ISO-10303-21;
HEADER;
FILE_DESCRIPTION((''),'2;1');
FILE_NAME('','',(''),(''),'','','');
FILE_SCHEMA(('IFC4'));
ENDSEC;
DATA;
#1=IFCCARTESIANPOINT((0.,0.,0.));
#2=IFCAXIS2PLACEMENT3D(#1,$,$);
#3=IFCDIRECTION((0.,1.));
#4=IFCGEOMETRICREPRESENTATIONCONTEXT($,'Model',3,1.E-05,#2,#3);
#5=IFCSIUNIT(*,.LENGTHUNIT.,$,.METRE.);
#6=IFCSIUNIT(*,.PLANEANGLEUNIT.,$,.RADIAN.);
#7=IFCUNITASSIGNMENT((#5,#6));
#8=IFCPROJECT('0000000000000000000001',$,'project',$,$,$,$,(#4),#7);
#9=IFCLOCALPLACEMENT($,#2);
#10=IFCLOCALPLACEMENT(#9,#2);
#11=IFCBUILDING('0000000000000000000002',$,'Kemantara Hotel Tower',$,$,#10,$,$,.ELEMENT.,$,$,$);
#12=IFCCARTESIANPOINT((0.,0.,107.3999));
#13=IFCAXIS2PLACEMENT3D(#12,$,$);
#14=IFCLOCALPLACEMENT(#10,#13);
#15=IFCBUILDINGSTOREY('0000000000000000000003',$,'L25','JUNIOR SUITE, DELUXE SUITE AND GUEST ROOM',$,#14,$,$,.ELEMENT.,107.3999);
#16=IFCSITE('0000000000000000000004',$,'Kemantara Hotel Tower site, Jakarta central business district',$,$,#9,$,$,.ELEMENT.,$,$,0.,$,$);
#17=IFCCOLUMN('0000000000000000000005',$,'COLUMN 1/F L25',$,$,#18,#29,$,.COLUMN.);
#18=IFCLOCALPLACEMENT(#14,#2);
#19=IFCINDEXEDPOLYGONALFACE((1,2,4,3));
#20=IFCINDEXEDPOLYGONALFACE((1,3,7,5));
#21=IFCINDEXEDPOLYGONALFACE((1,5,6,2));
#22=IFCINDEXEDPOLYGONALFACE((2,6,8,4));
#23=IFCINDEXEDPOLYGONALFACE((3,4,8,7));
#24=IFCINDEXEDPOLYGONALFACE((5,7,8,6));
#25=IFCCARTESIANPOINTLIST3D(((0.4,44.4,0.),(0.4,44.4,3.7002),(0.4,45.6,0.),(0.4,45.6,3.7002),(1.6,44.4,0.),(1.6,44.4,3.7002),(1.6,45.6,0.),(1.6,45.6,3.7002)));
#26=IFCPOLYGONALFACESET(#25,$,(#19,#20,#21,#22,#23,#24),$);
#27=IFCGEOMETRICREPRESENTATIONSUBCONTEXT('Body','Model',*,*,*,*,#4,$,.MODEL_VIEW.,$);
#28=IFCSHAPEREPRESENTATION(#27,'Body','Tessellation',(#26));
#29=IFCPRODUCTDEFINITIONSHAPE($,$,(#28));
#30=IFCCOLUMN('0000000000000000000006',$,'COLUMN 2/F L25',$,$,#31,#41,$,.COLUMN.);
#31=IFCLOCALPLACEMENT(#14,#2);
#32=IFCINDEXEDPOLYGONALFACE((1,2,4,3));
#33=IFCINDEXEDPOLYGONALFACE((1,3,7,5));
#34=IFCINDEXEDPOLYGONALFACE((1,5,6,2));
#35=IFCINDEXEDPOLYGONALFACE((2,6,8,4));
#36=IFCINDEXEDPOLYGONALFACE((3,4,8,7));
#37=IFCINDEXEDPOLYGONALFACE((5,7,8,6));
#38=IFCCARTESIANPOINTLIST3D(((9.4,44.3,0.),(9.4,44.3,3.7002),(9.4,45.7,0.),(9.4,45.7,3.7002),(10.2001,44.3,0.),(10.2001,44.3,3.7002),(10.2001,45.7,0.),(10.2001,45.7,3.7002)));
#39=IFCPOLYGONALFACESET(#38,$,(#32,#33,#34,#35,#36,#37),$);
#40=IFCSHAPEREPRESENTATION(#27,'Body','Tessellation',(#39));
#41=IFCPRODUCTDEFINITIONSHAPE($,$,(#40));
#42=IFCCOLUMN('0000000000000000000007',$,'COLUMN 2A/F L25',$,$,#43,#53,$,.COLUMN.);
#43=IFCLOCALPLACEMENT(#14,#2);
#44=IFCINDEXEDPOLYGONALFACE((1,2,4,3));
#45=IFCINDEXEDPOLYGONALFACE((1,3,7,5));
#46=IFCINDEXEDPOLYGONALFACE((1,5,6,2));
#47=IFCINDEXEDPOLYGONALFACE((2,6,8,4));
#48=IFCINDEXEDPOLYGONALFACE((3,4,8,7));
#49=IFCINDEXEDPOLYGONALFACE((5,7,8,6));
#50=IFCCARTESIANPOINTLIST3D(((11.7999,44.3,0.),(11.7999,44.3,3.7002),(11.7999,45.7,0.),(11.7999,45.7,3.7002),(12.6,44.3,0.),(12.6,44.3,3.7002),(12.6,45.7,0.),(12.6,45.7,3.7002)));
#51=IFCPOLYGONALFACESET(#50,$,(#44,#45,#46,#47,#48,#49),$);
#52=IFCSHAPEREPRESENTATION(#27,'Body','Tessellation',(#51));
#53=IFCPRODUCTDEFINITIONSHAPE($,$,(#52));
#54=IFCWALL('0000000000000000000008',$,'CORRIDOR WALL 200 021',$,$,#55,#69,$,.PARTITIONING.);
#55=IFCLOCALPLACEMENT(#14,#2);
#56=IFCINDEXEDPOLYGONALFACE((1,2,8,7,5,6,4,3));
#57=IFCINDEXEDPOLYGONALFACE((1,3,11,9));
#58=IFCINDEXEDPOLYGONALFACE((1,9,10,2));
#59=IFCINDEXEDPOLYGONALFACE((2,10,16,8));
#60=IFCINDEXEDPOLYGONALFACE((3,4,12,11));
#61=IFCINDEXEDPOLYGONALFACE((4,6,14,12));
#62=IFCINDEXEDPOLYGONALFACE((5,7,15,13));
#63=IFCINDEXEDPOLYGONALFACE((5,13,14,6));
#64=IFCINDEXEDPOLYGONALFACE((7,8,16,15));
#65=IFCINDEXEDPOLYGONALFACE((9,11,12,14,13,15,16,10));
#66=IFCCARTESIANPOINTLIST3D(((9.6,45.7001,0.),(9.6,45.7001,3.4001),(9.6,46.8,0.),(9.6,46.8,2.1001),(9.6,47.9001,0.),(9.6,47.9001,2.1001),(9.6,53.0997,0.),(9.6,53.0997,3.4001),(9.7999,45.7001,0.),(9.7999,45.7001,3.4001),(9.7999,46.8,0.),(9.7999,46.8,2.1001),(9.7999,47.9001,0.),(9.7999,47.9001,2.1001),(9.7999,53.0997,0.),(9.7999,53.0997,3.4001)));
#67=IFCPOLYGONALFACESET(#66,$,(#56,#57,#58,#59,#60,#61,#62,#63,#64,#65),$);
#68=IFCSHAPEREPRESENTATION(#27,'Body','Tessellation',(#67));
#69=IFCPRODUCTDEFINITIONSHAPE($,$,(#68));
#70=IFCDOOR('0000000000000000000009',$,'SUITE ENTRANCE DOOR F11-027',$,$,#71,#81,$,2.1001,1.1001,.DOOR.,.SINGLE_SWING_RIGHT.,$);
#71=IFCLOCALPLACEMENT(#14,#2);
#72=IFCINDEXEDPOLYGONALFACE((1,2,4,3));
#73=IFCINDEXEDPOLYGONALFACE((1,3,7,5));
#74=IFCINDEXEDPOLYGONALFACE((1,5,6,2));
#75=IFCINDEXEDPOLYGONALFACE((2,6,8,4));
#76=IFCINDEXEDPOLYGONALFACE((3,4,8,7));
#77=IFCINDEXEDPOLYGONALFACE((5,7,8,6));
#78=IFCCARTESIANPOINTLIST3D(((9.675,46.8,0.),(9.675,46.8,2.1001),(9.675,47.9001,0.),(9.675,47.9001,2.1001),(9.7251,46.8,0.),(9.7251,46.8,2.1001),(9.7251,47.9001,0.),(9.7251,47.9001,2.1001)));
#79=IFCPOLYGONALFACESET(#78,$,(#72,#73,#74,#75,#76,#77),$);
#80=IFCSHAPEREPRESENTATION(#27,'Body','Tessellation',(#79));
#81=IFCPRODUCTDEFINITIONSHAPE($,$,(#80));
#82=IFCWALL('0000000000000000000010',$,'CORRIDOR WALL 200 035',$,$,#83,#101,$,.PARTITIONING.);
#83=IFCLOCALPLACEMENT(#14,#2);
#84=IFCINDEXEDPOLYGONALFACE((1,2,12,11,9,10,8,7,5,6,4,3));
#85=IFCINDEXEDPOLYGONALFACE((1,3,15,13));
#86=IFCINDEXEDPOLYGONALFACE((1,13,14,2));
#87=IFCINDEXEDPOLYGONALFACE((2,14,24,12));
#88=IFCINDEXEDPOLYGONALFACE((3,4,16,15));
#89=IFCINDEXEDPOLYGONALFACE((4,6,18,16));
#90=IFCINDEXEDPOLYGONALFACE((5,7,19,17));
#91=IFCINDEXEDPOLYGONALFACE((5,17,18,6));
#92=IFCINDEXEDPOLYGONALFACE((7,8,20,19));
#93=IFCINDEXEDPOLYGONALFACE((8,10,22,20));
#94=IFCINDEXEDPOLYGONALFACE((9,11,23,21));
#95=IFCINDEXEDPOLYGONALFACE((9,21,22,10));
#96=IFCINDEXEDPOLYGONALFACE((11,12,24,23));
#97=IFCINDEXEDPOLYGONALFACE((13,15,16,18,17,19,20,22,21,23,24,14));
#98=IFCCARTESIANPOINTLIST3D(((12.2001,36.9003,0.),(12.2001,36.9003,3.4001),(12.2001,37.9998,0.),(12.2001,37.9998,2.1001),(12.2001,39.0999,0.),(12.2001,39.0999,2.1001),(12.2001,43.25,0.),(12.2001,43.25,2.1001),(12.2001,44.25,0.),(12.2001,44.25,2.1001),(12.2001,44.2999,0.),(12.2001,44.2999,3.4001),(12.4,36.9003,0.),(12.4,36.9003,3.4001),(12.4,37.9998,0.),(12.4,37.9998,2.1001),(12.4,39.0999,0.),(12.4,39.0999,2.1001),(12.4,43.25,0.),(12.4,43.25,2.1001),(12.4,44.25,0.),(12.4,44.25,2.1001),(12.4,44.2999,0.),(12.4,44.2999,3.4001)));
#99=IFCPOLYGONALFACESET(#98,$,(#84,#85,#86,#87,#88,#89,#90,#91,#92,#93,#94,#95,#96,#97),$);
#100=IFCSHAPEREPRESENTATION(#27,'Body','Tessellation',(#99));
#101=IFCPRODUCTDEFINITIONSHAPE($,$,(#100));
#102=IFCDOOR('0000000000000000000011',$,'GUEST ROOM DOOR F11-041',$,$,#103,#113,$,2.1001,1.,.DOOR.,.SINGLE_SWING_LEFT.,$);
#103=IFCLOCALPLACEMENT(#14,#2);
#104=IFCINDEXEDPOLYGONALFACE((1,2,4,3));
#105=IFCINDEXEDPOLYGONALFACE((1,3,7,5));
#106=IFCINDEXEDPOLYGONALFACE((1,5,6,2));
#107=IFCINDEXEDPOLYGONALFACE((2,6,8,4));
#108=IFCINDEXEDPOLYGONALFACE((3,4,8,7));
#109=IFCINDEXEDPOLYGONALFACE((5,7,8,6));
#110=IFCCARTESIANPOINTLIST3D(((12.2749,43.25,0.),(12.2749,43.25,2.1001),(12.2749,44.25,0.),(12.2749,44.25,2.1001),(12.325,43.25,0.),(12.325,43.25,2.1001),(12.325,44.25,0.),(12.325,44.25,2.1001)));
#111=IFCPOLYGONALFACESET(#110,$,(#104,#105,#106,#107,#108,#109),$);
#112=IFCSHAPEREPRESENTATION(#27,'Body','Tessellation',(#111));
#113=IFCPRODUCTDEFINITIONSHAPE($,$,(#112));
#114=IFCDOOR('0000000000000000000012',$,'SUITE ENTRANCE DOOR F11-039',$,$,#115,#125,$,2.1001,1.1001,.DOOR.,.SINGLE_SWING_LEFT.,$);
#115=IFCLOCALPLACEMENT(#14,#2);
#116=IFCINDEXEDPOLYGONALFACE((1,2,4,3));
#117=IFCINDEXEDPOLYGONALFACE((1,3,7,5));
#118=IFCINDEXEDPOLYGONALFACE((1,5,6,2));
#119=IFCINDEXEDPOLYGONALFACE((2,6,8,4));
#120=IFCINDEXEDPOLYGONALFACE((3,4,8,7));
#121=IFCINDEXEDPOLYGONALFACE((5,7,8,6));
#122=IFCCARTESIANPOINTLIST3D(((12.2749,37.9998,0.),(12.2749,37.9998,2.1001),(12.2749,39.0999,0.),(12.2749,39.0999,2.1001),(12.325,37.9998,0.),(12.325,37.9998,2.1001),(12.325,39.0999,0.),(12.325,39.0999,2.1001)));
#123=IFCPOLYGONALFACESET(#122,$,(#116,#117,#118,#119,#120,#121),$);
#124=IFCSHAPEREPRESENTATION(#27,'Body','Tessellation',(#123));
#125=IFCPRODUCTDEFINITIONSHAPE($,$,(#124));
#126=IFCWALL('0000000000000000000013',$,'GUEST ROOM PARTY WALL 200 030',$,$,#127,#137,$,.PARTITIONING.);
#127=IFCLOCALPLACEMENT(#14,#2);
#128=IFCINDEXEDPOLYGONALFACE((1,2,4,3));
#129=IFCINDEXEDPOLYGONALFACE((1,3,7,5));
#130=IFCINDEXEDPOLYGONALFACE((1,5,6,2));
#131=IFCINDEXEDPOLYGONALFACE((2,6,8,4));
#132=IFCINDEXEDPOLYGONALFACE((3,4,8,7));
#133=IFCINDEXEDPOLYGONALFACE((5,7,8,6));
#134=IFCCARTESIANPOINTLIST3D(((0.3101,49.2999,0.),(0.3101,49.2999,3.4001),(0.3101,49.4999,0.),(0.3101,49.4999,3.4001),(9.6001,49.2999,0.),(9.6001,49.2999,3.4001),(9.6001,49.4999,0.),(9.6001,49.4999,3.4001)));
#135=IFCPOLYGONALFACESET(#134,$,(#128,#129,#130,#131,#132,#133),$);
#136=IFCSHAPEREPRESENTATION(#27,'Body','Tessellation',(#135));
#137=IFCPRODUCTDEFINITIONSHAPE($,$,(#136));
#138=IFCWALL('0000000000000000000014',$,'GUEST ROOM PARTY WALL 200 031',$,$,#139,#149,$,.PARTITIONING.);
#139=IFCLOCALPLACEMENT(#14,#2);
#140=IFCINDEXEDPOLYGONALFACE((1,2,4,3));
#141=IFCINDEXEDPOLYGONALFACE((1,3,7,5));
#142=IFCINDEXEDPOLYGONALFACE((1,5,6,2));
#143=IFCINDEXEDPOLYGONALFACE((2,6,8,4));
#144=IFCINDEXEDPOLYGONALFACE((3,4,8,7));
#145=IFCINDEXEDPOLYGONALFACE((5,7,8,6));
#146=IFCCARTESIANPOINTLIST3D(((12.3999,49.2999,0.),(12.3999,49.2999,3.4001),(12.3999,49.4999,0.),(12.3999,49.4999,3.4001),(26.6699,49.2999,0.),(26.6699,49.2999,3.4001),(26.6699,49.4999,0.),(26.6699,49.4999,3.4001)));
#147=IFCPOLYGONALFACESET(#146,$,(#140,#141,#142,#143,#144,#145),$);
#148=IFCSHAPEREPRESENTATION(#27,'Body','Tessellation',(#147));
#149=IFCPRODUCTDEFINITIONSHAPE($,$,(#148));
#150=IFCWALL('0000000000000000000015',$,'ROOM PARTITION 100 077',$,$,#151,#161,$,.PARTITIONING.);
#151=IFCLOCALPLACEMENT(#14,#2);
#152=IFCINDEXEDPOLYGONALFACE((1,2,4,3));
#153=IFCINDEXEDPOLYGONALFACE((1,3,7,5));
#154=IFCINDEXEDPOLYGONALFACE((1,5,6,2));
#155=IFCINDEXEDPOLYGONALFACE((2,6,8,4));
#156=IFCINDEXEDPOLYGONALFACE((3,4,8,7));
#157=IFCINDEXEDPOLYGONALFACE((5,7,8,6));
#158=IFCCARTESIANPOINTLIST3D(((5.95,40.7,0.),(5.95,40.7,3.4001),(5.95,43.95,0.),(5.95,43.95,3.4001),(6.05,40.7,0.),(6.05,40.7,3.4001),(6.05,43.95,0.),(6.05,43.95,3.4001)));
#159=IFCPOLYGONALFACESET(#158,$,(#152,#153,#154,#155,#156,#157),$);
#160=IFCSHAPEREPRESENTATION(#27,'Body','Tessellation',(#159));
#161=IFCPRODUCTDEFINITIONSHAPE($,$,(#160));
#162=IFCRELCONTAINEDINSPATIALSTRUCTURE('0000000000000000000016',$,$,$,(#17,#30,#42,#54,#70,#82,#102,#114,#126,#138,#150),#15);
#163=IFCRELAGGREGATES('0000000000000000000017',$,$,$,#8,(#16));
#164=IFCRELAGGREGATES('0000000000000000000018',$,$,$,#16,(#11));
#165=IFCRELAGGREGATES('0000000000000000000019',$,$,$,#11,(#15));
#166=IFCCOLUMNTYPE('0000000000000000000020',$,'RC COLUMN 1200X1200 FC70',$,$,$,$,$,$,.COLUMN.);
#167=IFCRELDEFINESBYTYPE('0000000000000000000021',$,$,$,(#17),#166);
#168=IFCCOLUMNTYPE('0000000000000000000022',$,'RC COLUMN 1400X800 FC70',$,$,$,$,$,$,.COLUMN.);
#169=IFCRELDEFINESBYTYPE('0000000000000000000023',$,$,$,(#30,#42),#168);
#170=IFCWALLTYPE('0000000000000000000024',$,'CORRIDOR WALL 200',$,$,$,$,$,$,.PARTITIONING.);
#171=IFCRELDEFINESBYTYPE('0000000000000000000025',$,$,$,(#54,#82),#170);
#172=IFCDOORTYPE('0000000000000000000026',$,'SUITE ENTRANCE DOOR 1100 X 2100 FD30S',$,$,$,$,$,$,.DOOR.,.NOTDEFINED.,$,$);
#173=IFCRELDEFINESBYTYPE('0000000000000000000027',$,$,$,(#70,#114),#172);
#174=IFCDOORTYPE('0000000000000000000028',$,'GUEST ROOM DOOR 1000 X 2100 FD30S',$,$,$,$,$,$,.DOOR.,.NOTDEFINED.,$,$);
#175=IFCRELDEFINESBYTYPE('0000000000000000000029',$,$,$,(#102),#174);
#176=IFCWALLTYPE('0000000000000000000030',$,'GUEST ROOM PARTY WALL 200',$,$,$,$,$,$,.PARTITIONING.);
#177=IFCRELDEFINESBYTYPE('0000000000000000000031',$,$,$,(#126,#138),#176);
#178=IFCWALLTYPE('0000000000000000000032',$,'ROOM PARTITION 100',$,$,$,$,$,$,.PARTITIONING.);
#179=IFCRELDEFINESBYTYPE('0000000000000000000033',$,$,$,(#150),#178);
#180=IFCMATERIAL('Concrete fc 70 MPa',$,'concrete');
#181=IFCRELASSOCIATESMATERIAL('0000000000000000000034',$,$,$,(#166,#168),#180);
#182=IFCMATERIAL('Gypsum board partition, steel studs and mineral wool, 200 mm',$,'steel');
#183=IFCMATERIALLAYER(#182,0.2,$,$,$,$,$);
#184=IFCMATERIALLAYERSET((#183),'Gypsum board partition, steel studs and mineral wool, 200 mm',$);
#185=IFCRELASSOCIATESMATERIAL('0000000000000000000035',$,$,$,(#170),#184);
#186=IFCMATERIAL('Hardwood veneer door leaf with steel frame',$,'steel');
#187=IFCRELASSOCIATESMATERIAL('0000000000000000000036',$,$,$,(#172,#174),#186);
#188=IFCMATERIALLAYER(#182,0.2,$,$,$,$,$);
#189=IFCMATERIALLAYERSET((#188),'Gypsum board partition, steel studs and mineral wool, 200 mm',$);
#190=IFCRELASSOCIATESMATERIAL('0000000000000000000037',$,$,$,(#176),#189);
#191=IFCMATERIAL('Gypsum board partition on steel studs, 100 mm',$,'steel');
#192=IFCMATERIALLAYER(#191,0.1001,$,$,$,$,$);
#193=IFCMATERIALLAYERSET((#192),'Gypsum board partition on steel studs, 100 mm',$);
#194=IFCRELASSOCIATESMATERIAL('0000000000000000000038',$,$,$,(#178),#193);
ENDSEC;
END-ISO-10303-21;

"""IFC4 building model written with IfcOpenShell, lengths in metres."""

from ifc_helpers import new_model, si_unit, direction, frame, frame_2d, origin, origin_2d, place, context, subcontext, project, spatial, rectangle, extrude, material, layer, layer_set, material_profile, profile_set, type_object, element, fill, save


model = new_model("IFC4")

# Units and contexts
model_context = context("Model", 3, precision=1e-05, world=origin(), true_north=direction((0.0, 1.0)))
body_context = subcontext(model_context, "Body", "Model", "MODEL_VIEW")
ifc_project = project(units=[si_unit("LENGTHUNIT", "METRE"), si_unit("PLANEANGLEUNIT", "RADIAN")], contexts=[model_context])

# Site, building, storey
site_placement = place(None, origin())
site = spatial("IfcSite", under=ifc_project, at=site_placement, Name="Kemantara Hotel Tower site, Jakarta central business district", CompositionType="ELEMENT", RefElevation=0.0)
building_placement = place(site_placement, origin())
building = spatial("IfcBuilding", under=site, at=building_placement, Name="Kemantara Hotel Tower", CompositionType="ELEMENT")
storey_placement = place(building_placement, frame((0.0, 0.0, 107.3999)))
storey = spatial("IfcBuildingStorey", under=building, at=storey_placement, Name="L25", Description="JUNIOR SUITE, DELUXE SUITE AND GUEST ROOM", CompositionType="ELEMENT", Elevation=107.3999)

# Columns
ifc_material_1 = material(Name="Concrete fc 70 MPa", Category="concrete")
ifc_material_profile_1 = material_profile(ifc_material_1, rectangle(XDim=1.2, YDim=1.2, at=origin_2d()), Name="RC 1200X1200")
ifc_profile_set_1 = profile_set([ifc_material_profile_1], Name="Concrete fc 70 MPa")
column_type_1 = type_object("IfcColumnType", Name="RC COLUMN 1200X1200 FC70", PredefinedType="COLUMN", material=ifc_profile_set_1)
column_placement = place(storey_placement, frame((1.0, 45.0, 0.0), z_axis=(0.0, 0.0, 1.0), x_axis=(1.0, 0.0, 0.0)))
element("IfcColumn", 1, at=column_placement, inside=storey, type_object=column_type_1, Name="COLUMN 1/F L25", PredefinedType="COLUMN", context=body_context, shape_type="SweptSolid", body=[
    extrude(rectangle(XDim=1.2, YDim=1.2, at=origin_2d()), origin(), (0.0, 0.0, 1.0), 3.7002),
])
ifc_material_profile_2 = material_profile(ifc_material_1, rectangle(XDim=1.3999, YDim=0.8, at=origin_2d()), Name="RC 1400X800")
ifc_profile_set_2 = profile_set([ifc_material_profile_2], Name="Concrete fc 70 MPa")
column_type_2 = type_object("IfcColumnType", Name="RC COLUMN 1400X800 FC70", PredefinedType="COLUMN", material=ifc_profile_set_2)
for number, where, z_axis, x_axis, name in (
    (2, (9.8, 45.0, 0.0), (0.0, 0.0, 1.0), (0.0, 1.0, 0.0), "COLUMN 2/F L25"),
    (3, (12.2, 45.0, 0.0), (0.0, 0.0, 1.0), (0.0, 1.0, 0.0), "COLUMN 2A/F L25"),
):
    element("IfcColumn", number, at=place(storey_placement, frame(where, z_axis=z_axis, x_axis=x_axis)), inside=storey, type_object=column_type_2, Name=name, PredefinedType="COLUMN", context=body_context, shape_type="SweptSolid", body=[
        extrude(rectangle(XDim=1.3999, YDim=0.8, at=origin_2d()), origin(), (0.0, 0.0, 1.0), 3.7002),
    ])

# Wall, opening, door
ifc_material_2 = material(Name="Gypsum board partition, steel studs and mineral wool, 200 mm", Category="steel")
ifc_layer_1 = layer(ifc_material_2, 0.2)
ifc_layer_set_1 = layer_set([ifc_layer_1], Name="Gypsum board partition, steel studs and mineral wool, 200 mm")
wall_type_1 = type_object("IfcWallType", Name="CORRIDOR WALL 200", PredefinedType="PARTITIONING", material=ifc_layer_set_1)
wall_1_placement = place(storey_placement, frame((9.7, 45.7002, 0.0), z_axis=(0.0, 0.0, 1.0), x_axis=(0.0, 1.0, 0.0)))
wall_1 = element("IfcWall", 4, at=wall_1_placement, inside=storey, type_object=wall_type_1, Name="CORRIDOR WALL 200 021", PredefinedType="PARTITIONING", context=body_context, shape_type="SweptSolid", body=[
    extrude(rectangle(XDim=7.3997, YDim=0.2, at=frame_2d((3.6997, 0.0))), origin(), (0.0, 0.0, 1.0), 3.4001),
])
opening_1_placement = place(wall_1_placement, frame((1.0999, 0.0, 0.0)))
opening_1 = element("IfcOpeningElement", 5, at=opening_1_placement, cuts=wall_1, PredefinedType="OPENING", context=body_context, shape_type="SweptSolid", body=[
    extrude(rectangle(XDim=1.1001, YDim=2.1001, at=frame_2d((0.55, 1.05))), frame((0.0, 0.1099, 0.0), z_axis=(0.0, -1.0, 0.0), x_axis=(1.0, 0.0, 0.0)), (0.0, 0.0, 1.0), 0.22),
])
ifc_material_3 = material(Name="Hardwood veneer door leaf with steel frame", Category="steel")
door_type_1 = type_object("IfcDoorType", Name="SUITE ENTRANCE DOOR 1100 X 2100 FD30S", OperationType="NOTDEFINED", PredefinedType="DOOR", material=ifc_material_3)
door_1_placement = place(opening_1_placement, origin())
door_1 = element("IfcDoor", 6, at=door_1_placement, inside=storey, type_object=door_type_1, Name="SUITE ENTRANCE DOOR F11-027", OperationType="SINGLE_SWING_RIGHT", OverallHeight=2.1001, OverallWidth=1.1001, PredefinedType="DOOR", context=body_context, shape_type="SweptSolid", body=[
    extrude(rectangle(XDim=1.1001, YDim=2.1001, at=frame_2d((0.55, 1.05))), frame((0.0, 0.0249, 0.0), z_axis=(0.0, -1.0, 0.0), x_axis=(1.0, 0.0, 0.0)), (0.0, 0.0, 1.0), 0.05),
])
fill(opening_1, door_1)

# Wall, openings, doors
wall_2_placement = place(storey_placement, frame((12.3, 44.2998, 0.0), z_axis=(0.0, 0.0, 1.0), x_axis=(0.0, -1.0, 0.0)))
wall_2 = element("IfcWall", 7, at=wall_2_placement, inside=storey, type_object=wall_type_1, Name="CORRIDOR WALL 200 035", PredefinedType="PARTITIONING", context=body_context, shape_type="SweptSolid", body=[
    extrude(rectangle(XDim=7.3997, YDim=0.2, at=frame_2d((3.6997, 0.0))), origin(), (0.0, 0.0, 1.0), 3.4001),
])
opening_2_placement = place(wall_2_placement, frame((5.2, 0.0, 0.0)))
opening_2 = element("IfcOpeningElement", 8, at=opening_2_placement, cuts=wall_2, PredefinedType="OPENING", context=body_context, shape_type="SweptSolid", body=[
    extrude(rectangle(XDim=1.1001, YDim=2.1001, at=frame_2d((0.55, 1.05))), frame((0.0, 0.1099, 0.0), z_axis=(0.0, -1.0, 0.0), x_axis=(1.0, 0.0, 0.0)), (0.0, 0.0, 1.0), 0.22),
])
opening_3_placement = place(wall_2_placement, frame((0.0498, 0.0, 0.0)))
opening_3 = element("IfcOpeningElement", 9, at=opening_3_placement, cuts=wall_2, PredefinedType="OPENING", context=body_context, shape_type="SweptSolid", body=[
    extrude(rectangle(XDim=1.0, YDim=2.1001, at=frame_2d((0.5, 1.05))), frame((0.0, 0.1099, 0.0), z_axis=(0.0, -1.0, 0.0), x_axis=(1.0, 0.0, 0.0)), (0.0, 0.0, 1.0), 0.22),
])
door_type_2 = type_object("IfcDoorType", Name="GUEST ROOM DOOR 1000 X 2100 FD30S", OperationType="NOTDEFINED", PredefinedType="DOOR", material=ifc_material_3)
door_2_placement = place(opening_3_placement, origin())
door_2 = element("IfcDoor", 10, at=door_2_placement, inside=storey, type_object=door_type_2, Name="GUEST ROOM DOOR F11-041", OperationType="SINGLE_SWING_LEFT", OverallHeight=2.1001, OverallWidth=1.0, PredefinedType="DOOR", context=body_context, shape_type="SweptSolid", body=[
    extrude(rectangle(XDim=1.0, YDim=2.1001, at=frame_2d((0.5, 1.05))), frame((0.0, 0.0249, 0.0), z_axis=(0.0, -1.0, 0.0), x_axis=(1.0, 0.0, 0.0)), (0.0, 0.0, 1.0), 0.05),
])
fill(opening_3, door_2)
door_3_placement = place(opening_2_placement, origin())
door_3 = element("IfcDoor", 11, at=door_3_placement, inside=storey, type_object=door_type_1, Name="SUITE ENTRANCE DOOR F11-039", OperationType="SINGLE_SWING_LEFT", OverallHeight=2.1001, OverallWidth=1.1001, PredefinedType="DOOR", context=body_context, shape_type="SweptSolid", body=[
    extrude(rectangle(XDim=1.1001, YDim=2.1001, at=frame_2d((0.55, 1.05))), frame((0.0, 0.0249, 0.0), z_axis=(0.0, -1.0, 0.0), x_axis=(1.0, 0.0, 0.0)), (0.0, 0.0, 1.0), 0.05),
])
fill(opening_2, door_3)

# Walls
ifc_layer_2 = layer(ifc_material_2, 0.2)
ifc_layer_set_2 = layer_set([ifc_layer_2], Name="Gypsum board partition, steel studs and mineral wool, 200 mm")
wall_type_2 = type_object("IfcWallType", Name="GUEST ROOM PARTY WALL 200", PredefinedType="PARTITIONING", material=ifc_layer_set_2)
wall_3_placement = place(storey_placement, frame((0.3101, 49.3999, 0.0), z_axis=(0.0, 0.0, 1.0), x_axis=(1.0, 0.0, 0.0)))
element("IfcWall", 12, at=wall_3_placement, inside=storey, type_object=wall_type_2, Name="GUEST ROOM PARTY WALL 200 030", PredefinedType="PARTITIONING", context=body_context, shape_type="SweptSolid", body=[
    extrude(rectangle(XDim=9.29, YDim=0.2, at=frame_2d((4.645, 0.0))), origin(), (0.0, 0.0, 1.0), 3.4001),
])
wall_4_placement = place(storey_placement, frame((12.3999, 49.3999, 0.0), z_axis=(0.0, 0.0, 1.0), x_axis=(1.0, 0.0, 0.0)))
element("IfcWall", 13, at=wall_4_placement, inside=storey, type_object=wall_type_2, Name="GUEST ROOM PARTY WALL 200 031", PredefinedType="PARTITIONING", context=body_context, shape_type="SweptSolid", body=[
    extrude(rectangle(XDim=14.27, YDim=0.2, at=frame_2d((7.135, 0.0))), origin(), (0.0, 0.0, 1.0), 3.4001),
])
ifc_material_4 = material(Name="Gypsum board partition on steel studs, 100 mm", Category="steel")
ifc_layer_3 = layer(ifc_material_4, 0.1001)
ifc_layer_set_3 = layer_set([ifc_layer_3], Name="Gypsum board partition on steel studs, 100 mm")
wall_type_3 = type_object("IfcWallType", Name="ROOM PARTITION 100", PredefinedType="PARTITIONING", material=ifc_layer_set_3)
wall_5_placement = place(storey_placement, frame((6.0, 40.7, 0.0), z_axis=(0.0, 0.0, 1.0), x_axis=(0.0, 1.0, 0.0)))
element("IfcWall", 14, at=wall_5_placement, inside=storey, type_object=wall_type_3, Name="ROOM PARTITION 100 077", PredefinedType="PARTITIONING", context=body_context, shape_type="SweptSolid", body=[
    extrude(rectangle(XDim=3.25, YDim=0.1001, at=frame_2d((1.625, 0.0))), origin(), (0.0, 0.0, 1.0), 3.4001),
])

save(model, "model.ifc")
